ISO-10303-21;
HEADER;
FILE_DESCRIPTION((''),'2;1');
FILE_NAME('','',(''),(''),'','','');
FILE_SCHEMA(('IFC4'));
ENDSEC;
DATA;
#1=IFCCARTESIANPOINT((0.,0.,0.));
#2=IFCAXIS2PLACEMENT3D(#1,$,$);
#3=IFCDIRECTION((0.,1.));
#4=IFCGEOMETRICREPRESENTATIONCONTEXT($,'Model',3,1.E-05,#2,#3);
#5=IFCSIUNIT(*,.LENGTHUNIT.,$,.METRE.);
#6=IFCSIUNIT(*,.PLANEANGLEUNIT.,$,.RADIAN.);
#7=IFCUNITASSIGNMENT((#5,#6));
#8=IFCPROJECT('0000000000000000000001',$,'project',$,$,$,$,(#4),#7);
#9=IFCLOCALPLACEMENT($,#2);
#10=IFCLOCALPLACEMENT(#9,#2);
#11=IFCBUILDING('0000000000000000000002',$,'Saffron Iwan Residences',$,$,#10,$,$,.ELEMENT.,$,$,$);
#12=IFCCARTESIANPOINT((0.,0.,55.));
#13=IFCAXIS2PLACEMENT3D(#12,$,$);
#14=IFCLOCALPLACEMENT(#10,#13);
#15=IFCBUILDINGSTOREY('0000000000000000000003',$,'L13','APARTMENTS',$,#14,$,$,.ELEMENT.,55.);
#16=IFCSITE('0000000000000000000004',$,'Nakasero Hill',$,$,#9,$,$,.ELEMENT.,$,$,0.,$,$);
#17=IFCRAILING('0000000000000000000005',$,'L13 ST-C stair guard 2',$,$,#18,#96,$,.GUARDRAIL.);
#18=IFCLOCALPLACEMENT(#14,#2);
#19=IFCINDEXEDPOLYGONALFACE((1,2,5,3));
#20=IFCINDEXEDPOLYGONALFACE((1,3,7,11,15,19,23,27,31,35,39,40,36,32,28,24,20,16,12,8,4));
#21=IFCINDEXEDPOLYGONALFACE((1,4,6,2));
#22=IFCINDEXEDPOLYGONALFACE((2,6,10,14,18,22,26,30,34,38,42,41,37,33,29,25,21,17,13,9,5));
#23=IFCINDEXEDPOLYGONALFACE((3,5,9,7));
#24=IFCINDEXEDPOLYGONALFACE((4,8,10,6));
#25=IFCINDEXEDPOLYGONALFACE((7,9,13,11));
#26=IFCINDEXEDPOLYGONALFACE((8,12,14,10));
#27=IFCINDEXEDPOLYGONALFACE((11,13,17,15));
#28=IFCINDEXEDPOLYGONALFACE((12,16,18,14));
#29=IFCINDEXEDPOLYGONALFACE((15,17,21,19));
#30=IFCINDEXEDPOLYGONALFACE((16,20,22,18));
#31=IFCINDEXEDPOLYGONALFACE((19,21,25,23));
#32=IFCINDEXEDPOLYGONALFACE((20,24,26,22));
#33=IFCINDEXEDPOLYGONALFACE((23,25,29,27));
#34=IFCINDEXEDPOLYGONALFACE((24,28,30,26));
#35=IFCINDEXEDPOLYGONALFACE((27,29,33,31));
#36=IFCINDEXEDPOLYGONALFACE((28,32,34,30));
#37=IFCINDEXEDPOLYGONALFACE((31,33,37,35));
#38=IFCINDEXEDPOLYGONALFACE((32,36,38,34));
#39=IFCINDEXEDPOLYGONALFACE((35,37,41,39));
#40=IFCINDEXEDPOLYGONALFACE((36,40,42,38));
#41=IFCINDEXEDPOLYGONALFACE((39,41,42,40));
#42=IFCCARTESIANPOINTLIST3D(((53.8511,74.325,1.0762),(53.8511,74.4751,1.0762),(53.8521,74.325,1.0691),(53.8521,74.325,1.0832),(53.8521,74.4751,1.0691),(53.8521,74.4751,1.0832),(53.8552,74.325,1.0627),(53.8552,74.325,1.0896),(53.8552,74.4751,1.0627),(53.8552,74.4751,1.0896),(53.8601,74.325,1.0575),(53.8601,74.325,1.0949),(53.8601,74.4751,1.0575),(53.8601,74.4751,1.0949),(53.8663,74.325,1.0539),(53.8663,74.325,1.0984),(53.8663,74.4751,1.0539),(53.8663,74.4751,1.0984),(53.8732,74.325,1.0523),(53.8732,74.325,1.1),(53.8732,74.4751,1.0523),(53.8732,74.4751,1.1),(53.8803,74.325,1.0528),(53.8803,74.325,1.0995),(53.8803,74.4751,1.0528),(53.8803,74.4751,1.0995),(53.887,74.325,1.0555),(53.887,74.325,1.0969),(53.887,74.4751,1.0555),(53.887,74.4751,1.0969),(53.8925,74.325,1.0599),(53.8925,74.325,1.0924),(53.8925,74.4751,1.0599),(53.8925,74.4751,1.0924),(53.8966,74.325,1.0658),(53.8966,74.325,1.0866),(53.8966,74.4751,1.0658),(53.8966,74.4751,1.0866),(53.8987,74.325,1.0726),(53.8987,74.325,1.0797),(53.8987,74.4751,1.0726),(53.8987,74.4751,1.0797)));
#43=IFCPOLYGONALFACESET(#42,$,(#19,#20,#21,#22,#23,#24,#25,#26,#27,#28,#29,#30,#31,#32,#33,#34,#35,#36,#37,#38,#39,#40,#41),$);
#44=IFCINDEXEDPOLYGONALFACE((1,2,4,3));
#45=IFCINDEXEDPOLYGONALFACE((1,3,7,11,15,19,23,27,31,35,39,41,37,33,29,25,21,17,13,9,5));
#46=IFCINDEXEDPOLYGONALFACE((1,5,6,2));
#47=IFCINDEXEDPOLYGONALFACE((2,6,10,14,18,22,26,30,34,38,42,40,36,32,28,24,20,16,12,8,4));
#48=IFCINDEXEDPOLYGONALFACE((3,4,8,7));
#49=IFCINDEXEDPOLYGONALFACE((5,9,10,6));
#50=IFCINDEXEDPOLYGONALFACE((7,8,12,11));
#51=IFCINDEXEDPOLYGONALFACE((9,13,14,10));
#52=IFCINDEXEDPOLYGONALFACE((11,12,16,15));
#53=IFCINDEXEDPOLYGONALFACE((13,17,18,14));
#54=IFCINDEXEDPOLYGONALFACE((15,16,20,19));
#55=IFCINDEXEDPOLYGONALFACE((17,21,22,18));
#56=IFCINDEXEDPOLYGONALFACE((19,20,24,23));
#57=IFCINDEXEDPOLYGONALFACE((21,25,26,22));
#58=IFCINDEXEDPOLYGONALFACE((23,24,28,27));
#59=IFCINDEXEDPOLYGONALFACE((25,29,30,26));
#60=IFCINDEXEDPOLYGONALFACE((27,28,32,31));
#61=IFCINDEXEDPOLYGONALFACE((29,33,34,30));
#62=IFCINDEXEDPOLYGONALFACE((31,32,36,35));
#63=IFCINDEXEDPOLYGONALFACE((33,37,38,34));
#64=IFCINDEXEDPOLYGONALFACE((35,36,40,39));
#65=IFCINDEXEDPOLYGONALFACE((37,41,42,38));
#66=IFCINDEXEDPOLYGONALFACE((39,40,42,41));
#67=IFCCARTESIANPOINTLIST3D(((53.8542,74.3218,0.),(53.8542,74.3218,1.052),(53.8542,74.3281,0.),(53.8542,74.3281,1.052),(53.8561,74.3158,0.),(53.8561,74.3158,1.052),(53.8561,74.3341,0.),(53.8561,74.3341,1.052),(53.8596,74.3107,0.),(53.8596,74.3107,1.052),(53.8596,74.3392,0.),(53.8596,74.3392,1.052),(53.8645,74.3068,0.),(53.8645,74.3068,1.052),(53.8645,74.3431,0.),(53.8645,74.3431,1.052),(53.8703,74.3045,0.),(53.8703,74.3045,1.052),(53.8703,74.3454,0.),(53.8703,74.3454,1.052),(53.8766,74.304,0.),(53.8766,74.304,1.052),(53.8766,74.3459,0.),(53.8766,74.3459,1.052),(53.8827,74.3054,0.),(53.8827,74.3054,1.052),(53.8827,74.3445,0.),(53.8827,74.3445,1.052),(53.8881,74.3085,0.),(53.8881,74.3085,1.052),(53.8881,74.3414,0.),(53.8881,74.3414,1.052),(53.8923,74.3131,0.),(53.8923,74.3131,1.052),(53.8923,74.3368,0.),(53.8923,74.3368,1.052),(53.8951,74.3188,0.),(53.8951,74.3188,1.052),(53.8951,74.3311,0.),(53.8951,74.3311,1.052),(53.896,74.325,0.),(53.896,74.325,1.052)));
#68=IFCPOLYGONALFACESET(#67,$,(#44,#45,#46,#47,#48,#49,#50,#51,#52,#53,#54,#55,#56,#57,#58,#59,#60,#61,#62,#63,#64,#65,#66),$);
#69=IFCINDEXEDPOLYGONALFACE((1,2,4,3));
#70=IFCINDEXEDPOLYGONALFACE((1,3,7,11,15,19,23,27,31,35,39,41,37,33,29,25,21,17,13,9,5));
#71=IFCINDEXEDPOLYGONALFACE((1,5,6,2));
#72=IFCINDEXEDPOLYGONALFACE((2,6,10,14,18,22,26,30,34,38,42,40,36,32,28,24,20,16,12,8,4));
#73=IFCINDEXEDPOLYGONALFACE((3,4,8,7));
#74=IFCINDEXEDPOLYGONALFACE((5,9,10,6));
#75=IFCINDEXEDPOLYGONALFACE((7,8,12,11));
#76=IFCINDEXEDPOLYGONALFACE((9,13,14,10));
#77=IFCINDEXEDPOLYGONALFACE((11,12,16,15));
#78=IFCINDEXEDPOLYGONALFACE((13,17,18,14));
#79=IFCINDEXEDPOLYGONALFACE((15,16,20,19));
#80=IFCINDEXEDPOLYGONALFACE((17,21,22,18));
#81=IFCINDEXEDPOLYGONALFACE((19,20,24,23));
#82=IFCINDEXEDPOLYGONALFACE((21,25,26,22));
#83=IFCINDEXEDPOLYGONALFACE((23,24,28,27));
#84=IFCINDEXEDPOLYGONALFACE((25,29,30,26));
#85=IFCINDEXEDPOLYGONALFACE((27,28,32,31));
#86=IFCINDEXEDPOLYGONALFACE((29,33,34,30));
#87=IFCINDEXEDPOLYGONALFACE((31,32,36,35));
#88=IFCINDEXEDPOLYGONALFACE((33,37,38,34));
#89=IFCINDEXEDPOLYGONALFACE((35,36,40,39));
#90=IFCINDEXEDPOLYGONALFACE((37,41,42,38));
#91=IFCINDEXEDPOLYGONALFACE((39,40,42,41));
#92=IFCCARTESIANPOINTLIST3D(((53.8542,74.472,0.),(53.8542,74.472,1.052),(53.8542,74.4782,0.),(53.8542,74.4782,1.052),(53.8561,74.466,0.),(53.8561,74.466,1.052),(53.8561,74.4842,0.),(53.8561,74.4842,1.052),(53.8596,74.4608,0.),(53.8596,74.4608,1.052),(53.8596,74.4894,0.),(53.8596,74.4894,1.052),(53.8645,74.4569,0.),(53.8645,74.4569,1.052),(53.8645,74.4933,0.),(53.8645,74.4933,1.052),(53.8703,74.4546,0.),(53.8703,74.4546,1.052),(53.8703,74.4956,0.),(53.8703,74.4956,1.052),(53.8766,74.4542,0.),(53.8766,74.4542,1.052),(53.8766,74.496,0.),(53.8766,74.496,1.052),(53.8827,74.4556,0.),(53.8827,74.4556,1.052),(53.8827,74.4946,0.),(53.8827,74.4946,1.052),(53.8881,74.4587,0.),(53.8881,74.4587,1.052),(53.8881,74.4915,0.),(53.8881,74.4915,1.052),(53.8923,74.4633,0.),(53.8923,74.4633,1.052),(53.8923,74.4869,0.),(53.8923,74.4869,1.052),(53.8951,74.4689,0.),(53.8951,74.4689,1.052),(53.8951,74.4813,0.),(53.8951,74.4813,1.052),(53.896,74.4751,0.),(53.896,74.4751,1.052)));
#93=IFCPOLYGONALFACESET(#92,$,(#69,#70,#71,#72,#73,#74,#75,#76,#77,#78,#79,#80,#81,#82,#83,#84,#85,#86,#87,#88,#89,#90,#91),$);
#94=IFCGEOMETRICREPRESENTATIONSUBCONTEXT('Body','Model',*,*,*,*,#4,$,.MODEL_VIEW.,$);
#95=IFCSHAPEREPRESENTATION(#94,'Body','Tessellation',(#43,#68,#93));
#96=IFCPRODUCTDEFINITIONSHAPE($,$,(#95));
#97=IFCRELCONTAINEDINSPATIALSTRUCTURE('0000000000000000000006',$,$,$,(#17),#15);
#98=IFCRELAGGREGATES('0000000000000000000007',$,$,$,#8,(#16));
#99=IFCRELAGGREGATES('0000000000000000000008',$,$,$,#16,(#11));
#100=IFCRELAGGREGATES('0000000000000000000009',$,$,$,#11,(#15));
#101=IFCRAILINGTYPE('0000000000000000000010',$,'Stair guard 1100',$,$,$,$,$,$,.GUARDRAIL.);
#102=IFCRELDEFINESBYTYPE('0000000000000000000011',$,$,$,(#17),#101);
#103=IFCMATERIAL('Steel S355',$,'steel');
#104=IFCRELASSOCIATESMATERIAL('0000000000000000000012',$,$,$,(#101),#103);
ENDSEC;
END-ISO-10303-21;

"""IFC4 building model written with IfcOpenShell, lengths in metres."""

from ifc_helpers import new_model, si_unit, direction, frame, origin, origin_2d, place, context, subcontext, project, spatial, circle, extrude, material, type_object, element, save


model = new_model("IFC4")

# Units and contexts
model_context = context("Model", 3, precision=1e-05, world=origin(), true_north=direction((0.0, 1.0)))
body_context = subcontext(model_context, "Body", "Model", "MODEL_VIEW")
ifc_project = project(units=[si_unit("LENGTHUNIT", "METRE"), si_unit("PLANEANGLEUNIT", "RADIAN")], contexts=[model_context])

# Site, building, storey
site_placement = place(None, origin())
site = spatial("IfcSite", under=ifc_project, at=site_placement, Name="Nakasero Hill", CompositionType="ELEMENT", RefElevation=0.0)
building_placement = place(site_placement, origin())
building = spatial("IfcBuilding", under=site, at=building_placement, Name="Saffron Iwan Residences", CompositionType="ELEMENT")
storey_placement = place(building_placement, frame((0.0, 0.0, 55.0)))
storey = spatial("IfcBuildingStorey", under=building, at=storey_placement, Name="L13", Description="APARTMENTS", CompositionType="ELEMENT", Elevation=55.0)

# Railing
ifc_material_1 = material(Name="Steel S355", Category="steel")
railing_type_1 = type_object("IfcRailingType", Name="Stair guard 1100", PredefinedType="GUARDRAIL", material=ifc_material_1)
railing_1_placement = place(storey_placement, frame((53.875, 74.325, 0.0)))
element("IfcRailing", 1, at=railing_1_placement, inside=storey, type_object=railing_type_1, Name="L13 ST-C stair guard 2", PredefinedType="GUARDRAIL", context=body_context, shape_type="SweptSolid", body=[
    extrude(circle(Radius=0.0239, at=origin_2d()), frame((0.0, 0.0, 1.0762), z_axis=(0.0, 1.0, 0.0), x_axis=(-1.0, 0.0, 0.0)), (0.0, 0.0, 1.0), 0.1501),
    extrude(circle(Radius=0.021, at=origin_2d()), origin(), (0.0, 0.0, 1.0), 1.052),
    extrude(circle(Radius=0.021, at=origin_2d()), frame((0.0, 0.1501, 0.0)), (0.0, 0.0, 1.0), 1.052),
])

save(model, "model.ifc")
